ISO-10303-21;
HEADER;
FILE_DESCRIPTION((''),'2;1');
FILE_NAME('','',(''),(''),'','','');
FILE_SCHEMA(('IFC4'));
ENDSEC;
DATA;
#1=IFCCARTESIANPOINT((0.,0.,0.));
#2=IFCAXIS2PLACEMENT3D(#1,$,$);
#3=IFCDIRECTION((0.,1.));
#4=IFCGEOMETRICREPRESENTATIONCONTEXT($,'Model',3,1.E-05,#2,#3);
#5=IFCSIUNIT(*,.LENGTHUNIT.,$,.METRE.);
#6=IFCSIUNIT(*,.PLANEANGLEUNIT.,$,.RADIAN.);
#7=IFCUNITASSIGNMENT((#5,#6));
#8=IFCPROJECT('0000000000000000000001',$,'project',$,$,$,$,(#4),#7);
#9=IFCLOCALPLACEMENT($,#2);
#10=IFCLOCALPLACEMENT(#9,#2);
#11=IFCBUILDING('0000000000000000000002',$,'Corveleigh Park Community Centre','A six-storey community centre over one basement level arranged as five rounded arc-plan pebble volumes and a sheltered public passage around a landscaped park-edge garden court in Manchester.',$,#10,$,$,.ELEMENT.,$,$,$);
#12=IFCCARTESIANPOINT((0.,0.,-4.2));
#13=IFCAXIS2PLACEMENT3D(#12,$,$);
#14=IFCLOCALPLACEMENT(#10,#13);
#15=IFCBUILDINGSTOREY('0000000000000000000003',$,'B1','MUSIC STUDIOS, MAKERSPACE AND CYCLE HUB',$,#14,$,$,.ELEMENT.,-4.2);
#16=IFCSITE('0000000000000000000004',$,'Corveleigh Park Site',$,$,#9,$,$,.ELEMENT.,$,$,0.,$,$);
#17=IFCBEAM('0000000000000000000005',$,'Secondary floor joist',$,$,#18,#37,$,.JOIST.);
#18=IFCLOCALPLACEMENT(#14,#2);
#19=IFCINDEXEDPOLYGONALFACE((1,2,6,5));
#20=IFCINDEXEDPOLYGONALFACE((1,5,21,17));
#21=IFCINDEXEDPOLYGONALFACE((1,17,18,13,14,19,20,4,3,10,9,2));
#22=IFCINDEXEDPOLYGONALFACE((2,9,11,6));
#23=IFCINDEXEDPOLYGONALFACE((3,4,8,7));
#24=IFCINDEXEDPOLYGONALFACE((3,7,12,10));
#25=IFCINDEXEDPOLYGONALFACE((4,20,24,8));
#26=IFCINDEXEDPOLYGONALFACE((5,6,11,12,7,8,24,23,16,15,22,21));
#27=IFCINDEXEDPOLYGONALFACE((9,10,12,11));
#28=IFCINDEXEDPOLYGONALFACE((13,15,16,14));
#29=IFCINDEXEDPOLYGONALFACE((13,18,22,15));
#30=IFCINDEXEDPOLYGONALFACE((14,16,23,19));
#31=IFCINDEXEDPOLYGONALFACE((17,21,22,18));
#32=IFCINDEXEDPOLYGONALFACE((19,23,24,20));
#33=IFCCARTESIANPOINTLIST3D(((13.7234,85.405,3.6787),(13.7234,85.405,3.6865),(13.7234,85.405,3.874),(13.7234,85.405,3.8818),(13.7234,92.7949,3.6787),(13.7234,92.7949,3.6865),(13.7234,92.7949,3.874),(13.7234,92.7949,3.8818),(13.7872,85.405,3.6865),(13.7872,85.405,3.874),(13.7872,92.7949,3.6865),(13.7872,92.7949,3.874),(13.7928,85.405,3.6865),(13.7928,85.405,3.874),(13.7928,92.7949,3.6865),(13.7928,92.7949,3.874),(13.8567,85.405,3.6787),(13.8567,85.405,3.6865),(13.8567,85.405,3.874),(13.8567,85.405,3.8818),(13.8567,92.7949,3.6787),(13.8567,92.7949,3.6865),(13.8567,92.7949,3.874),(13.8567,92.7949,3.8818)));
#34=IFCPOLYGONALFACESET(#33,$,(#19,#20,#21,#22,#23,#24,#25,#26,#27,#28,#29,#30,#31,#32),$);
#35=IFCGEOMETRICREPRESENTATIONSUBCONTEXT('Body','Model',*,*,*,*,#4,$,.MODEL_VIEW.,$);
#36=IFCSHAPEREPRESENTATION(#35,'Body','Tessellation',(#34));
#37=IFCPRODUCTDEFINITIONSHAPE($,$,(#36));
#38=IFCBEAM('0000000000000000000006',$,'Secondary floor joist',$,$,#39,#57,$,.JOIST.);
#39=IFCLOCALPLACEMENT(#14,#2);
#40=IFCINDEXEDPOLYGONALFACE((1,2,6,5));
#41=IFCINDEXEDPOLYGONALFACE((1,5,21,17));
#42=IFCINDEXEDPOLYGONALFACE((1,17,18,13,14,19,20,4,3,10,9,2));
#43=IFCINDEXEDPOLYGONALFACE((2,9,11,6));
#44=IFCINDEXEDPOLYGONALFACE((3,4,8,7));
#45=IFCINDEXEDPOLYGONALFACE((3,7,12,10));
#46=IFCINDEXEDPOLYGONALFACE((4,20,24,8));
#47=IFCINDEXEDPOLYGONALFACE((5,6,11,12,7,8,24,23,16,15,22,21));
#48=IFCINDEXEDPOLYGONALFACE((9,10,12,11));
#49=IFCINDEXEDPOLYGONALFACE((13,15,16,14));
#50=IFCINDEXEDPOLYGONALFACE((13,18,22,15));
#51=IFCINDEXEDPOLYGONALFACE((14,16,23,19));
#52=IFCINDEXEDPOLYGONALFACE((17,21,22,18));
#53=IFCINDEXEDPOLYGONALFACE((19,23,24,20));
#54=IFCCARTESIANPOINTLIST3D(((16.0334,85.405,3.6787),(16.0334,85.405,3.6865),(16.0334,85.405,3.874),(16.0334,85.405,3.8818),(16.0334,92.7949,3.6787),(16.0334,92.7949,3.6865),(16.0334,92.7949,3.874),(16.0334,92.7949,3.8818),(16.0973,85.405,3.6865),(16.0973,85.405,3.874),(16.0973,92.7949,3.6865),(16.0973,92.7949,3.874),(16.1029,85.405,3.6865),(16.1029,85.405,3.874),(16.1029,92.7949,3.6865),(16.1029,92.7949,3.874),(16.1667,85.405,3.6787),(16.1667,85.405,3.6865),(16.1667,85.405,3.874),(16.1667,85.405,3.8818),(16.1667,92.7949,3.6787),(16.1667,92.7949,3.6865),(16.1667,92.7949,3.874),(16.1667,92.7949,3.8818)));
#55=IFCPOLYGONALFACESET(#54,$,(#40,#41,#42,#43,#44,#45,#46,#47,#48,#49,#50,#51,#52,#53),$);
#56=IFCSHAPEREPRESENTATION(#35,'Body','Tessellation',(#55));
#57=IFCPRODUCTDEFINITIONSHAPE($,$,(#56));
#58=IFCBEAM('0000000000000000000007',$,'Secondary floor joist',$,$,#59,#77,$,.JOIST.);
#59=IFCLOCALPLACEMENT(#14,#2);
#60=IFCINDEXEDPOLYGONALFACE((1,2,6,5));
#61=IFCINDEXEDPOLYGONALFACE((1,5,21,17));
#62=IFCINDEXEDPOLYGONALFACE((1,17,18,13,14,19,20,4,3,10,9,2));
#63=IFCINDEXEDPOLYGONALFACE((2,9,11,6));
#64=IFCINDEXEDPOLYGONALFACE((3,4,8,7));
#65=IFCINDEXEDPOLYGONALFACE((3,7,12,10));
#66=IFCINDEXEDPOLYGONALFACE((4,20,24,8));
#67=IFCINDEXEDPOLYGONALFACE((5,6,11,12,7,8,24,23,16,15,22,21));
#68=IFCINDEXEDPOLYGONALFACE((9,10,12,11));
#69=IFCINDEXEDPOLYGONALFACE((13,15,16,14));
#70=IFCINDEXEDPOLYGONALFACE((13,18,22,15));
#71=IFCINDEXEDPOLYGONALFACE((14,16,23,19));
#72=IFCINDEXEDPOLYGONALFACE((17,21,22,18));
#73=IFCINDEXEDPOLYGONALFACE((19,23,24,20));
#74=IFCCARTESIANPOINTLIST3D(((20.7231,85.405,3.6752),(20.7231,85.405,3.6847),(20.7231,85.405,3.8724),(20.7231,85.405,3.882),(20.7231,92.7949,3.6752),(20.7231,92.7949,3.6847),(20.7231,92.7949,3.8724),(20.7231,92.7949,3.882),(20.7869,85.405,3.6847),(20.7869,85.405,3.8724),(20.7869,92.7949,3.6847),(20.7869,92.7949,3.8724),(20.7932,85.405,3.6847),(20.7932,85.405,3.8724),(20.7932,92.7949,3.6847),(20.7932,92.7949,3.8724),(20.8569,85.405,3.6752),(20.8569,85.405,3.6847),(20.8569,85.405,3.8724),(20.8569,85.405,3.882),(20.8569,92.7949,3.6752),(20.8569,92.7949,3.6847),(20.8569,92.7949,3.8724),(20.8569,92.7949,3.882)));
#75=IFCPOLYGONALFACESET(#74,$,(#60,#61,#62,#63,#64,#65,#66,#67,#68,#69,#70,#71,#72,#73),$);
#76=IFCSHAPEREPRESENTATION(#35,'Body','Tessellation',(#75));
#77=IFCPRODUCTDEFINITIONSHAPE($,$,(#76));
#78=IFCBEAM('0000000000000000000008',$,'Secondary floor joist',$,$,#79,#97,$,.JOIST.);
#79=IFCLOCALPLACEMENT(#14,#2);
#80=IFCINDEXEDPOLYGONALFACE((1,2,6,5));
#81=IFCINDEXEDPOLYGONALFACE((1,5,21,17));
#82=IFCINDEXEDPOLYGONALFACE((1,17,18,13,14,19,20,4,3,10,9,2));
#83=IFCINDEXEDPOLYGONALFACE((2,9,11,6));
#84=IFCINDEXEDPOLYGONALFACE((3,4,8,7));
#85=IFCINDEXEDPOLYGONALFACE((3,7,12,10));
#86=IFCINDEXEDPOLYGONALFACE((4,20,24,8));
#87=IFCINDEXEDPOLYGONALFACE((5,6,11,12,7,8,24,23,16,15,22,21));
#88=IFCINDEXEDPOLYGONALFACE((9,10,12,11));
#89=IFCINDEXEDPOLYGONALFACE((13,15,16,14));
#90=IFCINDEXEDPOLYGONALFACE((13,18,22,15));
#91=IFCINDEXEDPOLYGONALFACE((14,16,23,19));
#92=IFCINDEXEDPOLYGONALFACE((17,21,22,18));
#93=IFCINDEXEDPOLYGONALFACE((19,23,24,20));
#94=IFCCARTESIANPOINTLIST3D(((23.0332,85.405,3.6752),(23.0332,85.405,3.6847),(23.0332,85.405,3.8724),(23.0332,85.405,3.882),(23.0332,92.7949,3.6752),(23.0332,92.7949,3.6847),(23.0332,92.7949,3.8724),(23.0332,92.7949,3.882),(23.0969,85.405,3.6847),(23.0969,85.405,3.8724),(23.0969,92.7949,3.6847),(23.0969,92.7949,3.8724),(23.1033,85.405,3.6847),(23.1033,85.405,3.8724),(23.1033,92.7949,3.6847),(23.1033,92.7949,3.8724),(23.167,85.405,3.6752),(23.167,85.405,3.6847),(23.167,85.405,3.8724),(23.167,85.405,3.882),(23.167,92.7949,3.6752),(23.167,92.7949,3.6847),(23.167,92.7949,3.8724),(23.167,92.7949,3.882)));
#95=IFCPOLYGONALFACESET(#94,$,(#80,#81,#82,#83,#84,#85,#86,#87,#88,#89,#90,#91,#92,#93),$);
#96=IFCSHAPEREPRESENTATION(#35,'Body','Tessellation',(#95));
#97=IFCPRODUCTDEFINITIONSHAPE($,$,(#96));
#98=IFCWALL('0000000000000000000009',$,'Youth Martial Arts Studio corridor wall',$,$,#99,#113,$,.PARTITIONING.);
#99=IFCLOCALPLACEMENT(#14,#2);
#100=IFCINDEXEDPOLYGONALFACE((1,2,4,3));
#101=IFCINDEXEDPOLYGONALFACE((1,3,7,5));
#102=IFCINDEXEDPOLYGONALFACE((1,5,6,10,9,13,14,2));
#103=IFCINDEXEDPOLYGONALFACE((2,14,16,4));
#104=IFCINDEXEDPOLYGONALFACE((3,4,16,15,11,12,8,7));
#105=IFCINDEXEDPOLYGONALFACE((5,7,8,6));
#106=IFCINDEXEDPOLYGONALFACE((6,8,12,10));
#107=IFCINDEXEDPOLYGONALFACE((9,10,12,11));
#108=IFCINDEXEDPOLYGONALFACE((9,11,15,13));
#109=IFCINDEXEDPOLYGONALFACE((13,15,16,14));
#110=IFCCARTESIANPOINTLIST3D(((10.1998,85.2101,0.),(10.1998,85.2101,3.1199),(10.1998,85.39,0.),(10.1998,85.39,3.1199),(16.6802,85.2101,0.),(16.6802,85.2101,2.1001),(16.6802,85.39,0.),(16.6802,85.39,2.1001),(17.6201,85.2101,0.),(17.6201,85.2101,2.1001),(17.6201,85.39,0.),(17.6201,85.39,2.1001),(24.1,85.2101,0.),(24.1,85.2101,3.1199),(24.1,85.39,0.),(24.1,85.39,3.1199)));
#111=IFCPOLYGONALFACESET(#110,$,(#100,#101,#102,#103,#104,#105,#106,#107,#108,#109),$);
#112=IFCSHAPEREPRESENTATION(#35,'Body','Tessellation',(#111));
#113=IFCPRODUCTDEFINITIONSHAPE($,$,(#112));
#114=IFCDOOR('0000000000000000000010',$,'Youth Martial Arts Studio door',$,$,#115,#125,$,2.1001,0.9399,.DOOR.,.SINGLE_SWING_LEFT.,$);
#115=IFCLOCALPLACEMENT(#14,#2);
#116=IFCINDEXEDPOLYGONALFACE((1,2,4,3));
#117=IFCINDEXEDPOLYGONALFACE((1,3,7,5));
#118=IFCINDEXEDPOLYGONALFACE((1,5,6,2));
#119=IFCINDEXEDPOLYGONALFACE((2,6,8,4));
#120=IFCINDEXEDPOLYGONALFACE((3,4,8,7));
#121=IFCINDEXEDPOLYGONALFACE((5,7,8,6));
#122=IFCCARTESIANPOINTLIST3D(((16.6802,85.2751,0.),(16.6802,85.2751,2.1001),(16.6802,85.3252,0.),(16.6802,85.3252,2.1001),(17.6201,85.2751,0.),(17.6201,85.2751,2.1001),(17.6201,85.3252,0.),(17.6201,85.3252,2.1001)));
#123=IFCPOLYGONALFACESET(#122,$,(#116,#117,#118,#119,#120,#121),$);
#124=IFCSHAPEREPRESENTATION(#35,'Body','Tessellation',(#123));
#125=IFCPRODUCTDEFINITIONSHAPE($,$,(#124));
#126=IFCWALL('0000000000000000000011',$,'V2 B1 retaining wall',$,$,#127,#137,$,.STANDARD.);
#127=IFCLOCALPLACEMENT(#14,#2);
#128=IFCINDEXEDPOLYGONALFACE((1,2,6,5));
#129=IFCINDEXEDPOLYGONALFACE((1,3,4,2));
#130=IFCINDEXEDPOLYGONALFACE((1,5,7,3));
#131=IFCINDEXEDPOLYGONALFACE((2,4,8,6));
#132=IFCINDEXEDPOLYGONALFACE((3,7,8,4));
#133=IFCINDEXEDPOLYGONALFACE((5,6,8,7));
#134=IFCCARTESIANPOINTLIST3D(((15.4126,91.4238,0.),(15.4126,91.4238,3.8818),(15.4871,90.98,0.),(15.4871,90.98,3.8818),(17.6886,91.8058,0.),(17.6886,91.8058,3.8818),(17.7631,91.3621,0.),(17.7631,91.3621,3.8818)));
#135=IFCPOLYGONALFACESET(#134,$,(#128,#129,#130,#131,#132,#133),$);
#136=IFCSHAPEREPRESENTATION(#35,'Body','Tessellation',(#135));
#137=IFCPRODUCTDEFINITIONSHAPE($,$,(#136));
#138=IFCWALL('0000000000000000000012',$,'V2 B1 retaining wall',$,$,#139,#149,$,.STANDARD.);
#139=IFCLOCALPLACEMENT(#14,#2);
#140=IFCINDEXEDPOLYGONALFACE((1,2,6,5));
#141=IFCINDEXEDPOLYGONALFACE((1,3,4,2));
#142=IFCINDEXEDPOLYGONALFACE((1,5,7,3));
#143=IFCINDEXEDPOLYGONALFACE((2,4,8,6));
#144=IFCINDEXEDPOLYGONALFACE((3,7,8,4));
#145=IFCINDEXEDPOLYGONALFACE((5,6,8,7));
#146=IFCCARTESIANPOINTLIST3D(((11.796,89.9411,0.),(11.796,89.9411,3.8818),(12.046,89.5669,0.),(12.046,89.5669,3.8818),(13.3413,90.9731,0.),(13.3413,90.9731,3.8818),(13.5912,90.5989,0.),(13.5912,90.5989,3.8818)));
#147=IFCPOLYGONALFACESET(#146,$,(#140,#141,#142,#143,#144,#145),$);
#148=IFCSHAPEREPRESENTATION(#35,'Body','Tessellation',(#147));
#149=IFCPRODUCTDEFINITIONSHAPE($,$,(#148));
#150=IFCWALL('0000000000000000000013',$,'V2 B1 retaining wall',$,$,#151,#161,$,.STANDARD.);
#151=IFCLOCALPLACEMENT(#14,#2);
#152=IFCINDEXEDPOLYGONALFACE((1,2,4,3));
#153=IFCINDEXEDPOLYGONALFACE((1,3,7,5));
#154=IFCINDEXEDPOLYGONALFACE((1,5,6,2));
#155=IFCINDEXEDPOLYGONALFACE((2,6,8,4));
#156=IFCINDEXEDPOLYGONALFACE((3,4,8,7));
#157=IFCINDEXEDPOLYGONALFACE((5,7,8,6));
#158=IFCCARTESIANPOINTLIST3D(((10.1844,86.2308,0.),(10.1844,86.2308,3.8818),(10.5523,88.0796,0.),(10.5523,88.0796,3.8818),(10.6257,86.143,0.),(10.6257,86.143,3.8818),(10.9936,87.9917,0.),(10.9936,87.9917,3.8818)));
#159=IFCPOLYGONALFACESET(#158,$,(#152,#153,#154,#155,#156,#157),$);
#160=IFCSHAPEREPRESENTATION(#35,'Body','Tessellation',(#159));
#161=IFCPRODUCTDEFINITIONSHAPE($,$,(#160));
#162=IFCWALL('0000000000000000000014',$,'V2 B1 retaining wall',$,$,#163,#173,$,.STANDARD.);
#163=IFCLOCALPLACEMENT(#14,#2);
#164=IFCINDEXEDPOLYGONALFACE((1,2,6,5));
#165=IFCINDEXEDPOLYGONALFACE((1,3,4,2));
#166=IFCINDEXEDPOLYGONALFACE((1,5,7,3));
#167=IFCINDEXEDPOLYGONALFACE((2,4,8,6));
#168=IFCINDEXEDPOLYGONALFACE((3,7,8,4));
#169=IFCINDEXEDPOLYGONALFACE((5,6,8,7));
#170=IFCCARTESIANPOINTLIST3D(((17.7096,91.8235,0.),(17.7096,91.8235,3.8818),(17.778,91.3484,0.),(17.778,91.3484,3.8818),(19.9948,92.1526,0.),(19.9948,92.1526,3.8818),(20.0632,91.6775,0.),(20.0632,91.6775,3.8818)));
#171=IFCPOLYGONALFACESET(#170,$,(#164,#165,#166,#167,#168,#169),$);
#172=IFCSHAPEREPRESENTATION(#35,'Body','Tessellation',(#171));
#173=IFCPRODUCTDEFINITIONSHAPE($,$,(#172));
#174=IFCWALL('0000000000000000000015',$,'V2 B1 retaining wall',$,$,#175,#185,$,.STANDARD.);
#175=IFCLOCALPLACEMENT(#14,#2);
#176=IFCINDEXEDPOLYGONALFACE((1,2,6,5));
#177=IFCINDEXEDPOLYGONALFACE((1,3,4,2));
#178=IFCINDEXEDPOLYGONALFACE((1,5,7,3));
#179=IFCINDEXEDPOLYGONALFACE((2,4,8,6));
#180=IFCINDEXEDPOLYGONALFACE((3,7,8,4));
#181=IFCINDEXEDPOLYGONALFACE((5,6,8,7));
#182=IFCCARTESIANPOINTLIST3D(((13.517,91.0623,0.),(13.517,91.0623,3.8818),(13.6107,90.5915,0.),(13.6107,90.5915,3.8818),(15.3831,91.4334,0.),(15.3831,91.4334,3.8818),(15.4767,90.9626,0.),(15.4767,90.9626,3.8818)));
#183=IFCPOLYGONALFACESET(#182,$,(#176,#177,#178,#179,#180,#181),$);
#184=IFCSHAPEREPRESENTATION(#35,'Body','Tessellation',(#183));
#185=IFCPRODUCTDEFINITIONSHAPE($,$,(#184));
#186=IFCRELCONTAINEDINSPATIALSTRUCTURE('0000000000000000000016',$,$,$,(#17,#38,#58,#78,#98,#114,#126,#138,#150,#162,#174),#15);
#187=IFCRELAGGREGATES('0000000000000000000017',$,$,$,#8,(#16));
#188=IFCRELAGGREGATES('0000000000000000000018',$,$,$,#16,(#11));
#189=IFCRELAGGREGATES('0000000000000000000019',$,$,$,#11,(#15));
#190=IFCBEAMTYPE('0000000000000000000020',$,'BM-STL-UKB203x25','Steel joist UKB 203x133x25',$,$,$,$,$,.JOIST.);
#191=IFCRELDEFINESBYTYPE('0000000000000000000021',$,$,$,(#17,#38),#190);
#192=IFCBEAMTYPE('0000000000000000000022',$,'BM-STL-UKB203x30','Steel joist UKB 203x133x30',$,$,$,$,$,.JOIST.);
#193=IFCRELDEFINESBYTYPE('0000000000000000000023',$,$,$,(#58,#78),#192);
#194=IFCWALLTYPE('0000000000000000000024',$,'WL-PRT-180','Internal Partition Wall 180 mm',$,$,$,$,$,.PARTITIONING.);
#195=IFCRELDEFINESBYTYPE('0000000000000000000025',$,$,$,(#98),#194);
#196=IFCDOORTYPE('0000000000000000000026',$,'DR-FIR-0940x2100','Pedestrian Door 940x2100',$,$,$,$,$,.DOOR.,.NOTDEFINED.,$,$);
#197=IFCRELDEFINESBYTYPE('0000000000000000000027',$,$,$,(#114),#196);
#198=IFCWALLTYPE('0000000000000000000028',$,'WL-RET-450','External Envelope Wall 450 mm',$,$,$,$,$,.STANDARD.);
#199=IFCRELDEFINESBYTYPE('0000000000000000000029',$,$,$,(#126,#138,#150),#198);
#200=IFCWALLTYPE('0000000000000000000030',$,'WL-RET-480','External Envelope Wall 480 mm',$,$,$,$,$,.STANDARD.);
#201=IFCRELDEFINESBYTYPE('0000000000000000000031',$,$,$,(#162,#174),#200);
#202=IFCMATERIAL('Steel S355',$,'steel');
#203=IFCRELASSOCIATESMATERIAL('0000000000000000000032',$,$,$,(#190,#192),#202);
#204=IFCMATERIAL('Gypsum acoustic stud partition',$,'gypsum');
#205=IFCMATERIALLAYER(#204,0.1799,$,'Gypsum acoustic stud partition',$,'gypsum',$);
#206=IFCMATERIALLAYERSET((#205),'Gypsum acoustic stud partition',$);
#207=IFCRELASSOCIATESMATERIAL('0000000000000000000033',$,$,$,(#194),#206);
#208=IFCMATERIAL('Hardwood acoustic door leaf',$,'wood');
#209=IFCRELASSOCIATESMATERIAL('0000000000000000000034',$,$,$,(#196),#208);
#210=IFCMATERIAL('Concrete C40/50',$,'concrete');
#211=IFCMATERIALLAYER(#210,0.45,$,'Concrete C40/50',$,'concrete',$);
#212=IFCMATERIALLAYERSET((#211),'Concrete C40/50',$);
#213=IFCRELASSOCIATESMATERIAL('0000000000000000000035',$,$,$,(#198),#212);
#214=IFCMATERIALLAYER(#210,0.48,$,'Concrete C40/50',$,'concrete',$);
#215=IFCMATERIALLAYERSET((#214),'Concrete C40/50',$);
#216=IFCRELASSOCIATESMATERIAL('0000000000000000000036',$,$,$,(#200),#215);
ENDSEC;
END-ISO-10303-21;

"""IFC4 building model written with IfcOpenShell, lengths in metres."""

from ifc_helpers import new_model, si_unit, direction, frame, frame_2d, origin, origin_2d, place, context, subcontext, project, spatial, rectangle, i_section, extrude, material, layer, layer_set, material_profile, profile_set, type_object, element, fill, save


model = new_model("IFC4")

# Units and contexts
model_context = context("Model", 3, precision=1e-05, world=origin(), true_north=direction((0.0, 1.0)))
body_context = subcontext(model_context, "Body", "Model", "MODEL_VIEW")
ifc_project = project(units=[si_unit("LENGTHUNIT", "METRE"), si_unit("PLANEANGLEUNIT", "RADIAN")], contexts=[model_context])

# Site, building, storey
site_placement = place(None, origin())
site = spatial("IfcSite", under=ifc_project, at=site_placement, Name="Corveleigh Park Site", CompositionType="ELEMENT", RefElevation=0.0)
building_placement = place(site_placement, origin())
building = spatial("IfcBuilding", under=site, at=building_placement, Name="Corveleigh Park Community Centre", Description="A six-storey community centre over one basement level arranged as five rounded arc-plan pebble volumes and a sheltered public passage around a landscaped park-edge garden court in Manchester.", CompositionType="ELEMENT")
storey_placement = place(building_placement, frame((0.0, 0.0, -4.2)))
storey = spatial("IfcBuildingStorey", under=building, at=storey_placement, Name="B1", Description="MUSIC STUDIOS, MAKERSPACE AND CYCLE HUB", CompositionType="ELEMENT", Elevation=-4.2)

# Shared definitions
ifc_material_1 = material(Name="Concrete C40/50", Category="concrete")

# Shared definitions
ifc_material_2 = material(Name="Steel S355", Category="steel")

# Beams
ifc_material_profile_1 = material_profile(ifc_material_2, i_section(OverallWidth=0.1333, OverallDepth=0.2031, WebThickness=0.0056, FlangeThickness=0.0078, at=origin_2d()), Name="UKB 203x133x25", Category="steel")
ifc_profile_set_1 = profile_set([ifc_material_profile_1], Name="Steel S355")
beam_type_1 = type_object("IfcBeamType", Name="BM-STL-UKB203x25", Description="Steel joist UKB 203x133x25", PredefinedType="JOIST", material=ifc_profile_set_1)
for number, where, z_axis, x_axis, name in (
    (1, (13.79, 85.405, 3.7803), (0.0, 1.0, 0.0), (-1.0, 0.0, 0.0), "Secondary floor joist"),
    (2, (16.1001, 85.405, 3.7803), (0.0, 1.0, 0.0), (-1.0, 0.0, 0.0), "Secondary floor joist"),
):
    element("IfcBeam", number, at=place(storey_placement, frame(where, z_axis=z_axis, x_axis=x_axis)), inside=storey, type_object=beam_type_1, Name=name, PredefinedType="JOIST", context=body_context, shape_type="SweptSolid", body=[
        extrude(i_section(OverallWidth=0.1333, OverallDepth=0.2031, WebThickness=0.0056, FlangeThickness=0.0078, at=origin_2d()), origin(), (0.0, 0.0, 1.0), 7.3899),
    ])
ifc_material_profile_2 = material_profile(ifc_material_2, i_section(OverallWidth=0.1338, OverallDepth=0.2068, WebThickness=0.0063, FlangeThickness=0.0095, at=origin_2d()), Name="UKB 203x133x30", Category="steel")
ifc_profile_set_2 = profile_set([ifc_material_profile_2], Name="Steel S355")
beam_type_2 = type_object("IfcBeamType", Name="BM-STL-UKB203x30", Description="Steel joist UKB 203x133x30", PredefinedType="JOIST", material=ifc_profile_set_2)
for number, where, z_axis, x_axis, name in (
    (3, (20.79, 85.405, 3.7786), (0.0, 1.0, 0.0), (-1.0, 0.0, 0.0), "Secondary floor joist"),
    (4, (23.1001, 85.405, 3.7786), (0.0, 1.0, 0.0), (-1.0, 0.0, 0.0), "Secondary floor joist"),
):
    element("IfcBeam", number, at=place(storey_placement, frame(where, z_axis=z_axis, x_axis=x_axis)), inside=storey, type_object=beam_type_2, Name=name, PredefinedType="JOIST", context=body_context, shape_type="SweptSolid", body=[
        extrude(i_section(OverallWidth=0.1338, OverallDepth=0.2068, WebThickness=0.0063, FlangeThickness=0.0095, at=origin_2d()), origin(), (0.0, 0.0, 1.0), 7.3899),
    ])

# Wall, opening, door
ifc_material_3 = material(Name="Gypsum acoustic stud partition", Category="gypsum")
ifc_layer_1 = layer(ifc_material_3, 0.1799, Name="Gypsum acoustic stud partition", Category="gypsum")
ifc_layer_set_1 = layer_set([ifc_layer_1], Name="Gypsum acoustic stud partition")
wall_type_1 = type_object("IfcWallType", Name="WL-PRT-180", Description="Internal Partition Wall 180 mm", PredefinedType="PARTITIONING", material=ifc_layer_set_1)
wall_1_placement = place(storey_placement, frame((24.1001, 85.3, 0.0), z_axis=(0.0, 0.0, 1.0), x_axis=(-1.0, 0.0, 0.0)))
wall_1 = element("IfcWall", 5, at=wall_1_placement, inside=storey, type_object=wall_type_1, Name="Youth Martial Arts Studio corridor wall", PredefinedType="PARTITIONING", context=body_context, shape_type="SweptSolid", body=[
    extrude(rectangle(XDim=13.9001, YDim=0.1799, at=frame_2d((6.9502, 0.0))), origin(), (0.0, 0.0, 1.0), 3.1199),
])
opening_placement = place(wall_1_placement, frame((6.48, 0.0, 0.0)))
opening = element("IfcOpeningElement", 6, at=opening_placement, cuts=wall_1, PredefinedType="OPENING", context=body_context, shape_type="SweptSolid", body=[
    extrude(rectangle(XDim=0.9399, YDim=2.1001, at=frame_2d((0.47, 1.05))), frame((0.0, 0.0999, 0.0), z_axis=(0.0, -1.0, 0.0), x_axis=(1.0, 0.0, 0.0)), (0.0, 0.0, 1.0), 0.2),
])
ifc_material_4 = material(Name="Hardwood acoustic door leaf", Category="wood")
door_type = type_object("IfcDoorType", Name="DR-FIR-0940x2100", Description="Pedestrian Door 940x2100", OperationType="NOTDEFINED", PredefinedType="DOOR", material=ifc_material_4)
door_placement = place(opening_placement, origin())
door = element("IfcDoor", 7, at=door_placement, inside=storey, type_object=door_type, Name="Youth Martial Arts Studio door", OperationType="SINGLE_SWING_LEFT", OverallHeight=2.1001, OverallWidth=0.9399, PredefinedType="DOOR", context=body_context, shape_type="SweptSolid", body=[
    extrude(rectangle(XDim=0.9399, YDim=2.1001, at=frame_2d((0.47, 1.05))), frame((0.0, 0.0249, 0.0), z_axis=(0.0, -1.0, 0.0), x_axis=(1.0, 0.0, 0.0)), (0.0, 0.0, 1.0), 0.05),
])
fill(opening, door)

# Walls
ifc_layer_2 = layer(ifc_material_1, 0.45, Name="Concrete C40/50", Category="concrete")
ifc_layer_set_2 = layer_set([ifc_layer_2], Name="Concrete C40/50")
wall_type_2 = type_object("IfcWallType", Name="WL-RET-450", Description="External Envelope Wall 450 mm", PredefinedType="STANDARD", material=ifc_layer_set_2)
wall_2_placement = place(storey_placement, frame((15.45, 91.2019, 0.0), z_axis=(0.0, 0.0, 1.0), x_axis=(0.986202, 0.165548, 0.0)))
element("IfcWall", 8, at=wall_2_placement, inside=storey, type_object=wall_type_2, Name="V2 B1 retaining wall", PredefinedType="STANDARD", context=body_context, shape_type="SweptSolid", body=[
    extrude(rectangle(XDim=2.3079, YDim=0.45, at=frame_2d((1.1538, 0.0))), origin(), (0.0, 0.0, 1.0), 3.8818),
])
wall_3_placement = place(storey_placement, frame((11.9209, 89.7539, 0.0), z_axis=(0.0, 0.0, 1.0), x_axis=(0.831585, 0.555397, 0.0)))
element("IfcWall", 9, at=wall_3_placement, inside=storey, type_object=wall_type_2, Name="V2 B1 retaining wall", PredefinedType="STANDARD", context=body_context, shape_type="SweptSolid", body=[
    extrude(rectangle(XDim=1.8582, YDim=0.45, at=frame_2d((0.9292, 0.0))), origin(), (0.0, 0.0, 1.0), 3.8818),
])
wall_4_placement = place(storey_placement, frame((10.405, 86.187, 0.0), z_axis=(0.0, 0.0, 1.0), x_axis=(0.19517, 0.98077, 0.0)))
element("IfcWall", 10, at=wall_4_placement, inside=storey, type_object=wall_type_2, Name="V2 B1 retaining wall", PredefinedType="STANDARD", context=body_context, shape_type="SweptSolid", body=[
    extrude(rectangle(XDim=1.885, YDim=0.45, at=frame_2d((0.9424, 0.0))), origin(), (0.0, 0.0, 1.0), 3.8818),
])
ifc_layer_3 = layer(ifc_material_1, 0.48, Name="Concrete C40/50", Category="concrete")
ifc_layer_set_3 = layer_set([ifc_layer_3], Name="Concrete C40/50")
wall_type_3 = type_object("IfcWallType", Name="WL-RET-480", Description="External Envelope Wall 480 mm", PredefinedType="STANDARD", material=ifc_layer_set_3)
wall_5_placement = place(storey_placement, frame((17.7439, 91.5859, 0.0), z_axis=(0.0, 0.0, 1.0), x_axis=(0.989788, 0.142546, 0.0)))
element("IfcWall", 11, at=wall_5_placement, inside=storey, type_object=wall_type_3, Name="V2 B1 retaining wall", PredefinedType="STANDARD", context=body_context, shape_type="SweptSolid", body=[
    extrude(rectangle(XDim=2.3088, YDim=0.48, at=frame_2d((1.1543, 0.0))), origin(), (0.0, 0.0, 1.0), 3.8818),
])
wall_6_placement = place(storey_placement, frame((13.564, 90.8269, 0.0), z_axis=(0.0, 0.0, 1.0), x_axis=(0.980792, 0.195055, 0.0)))
element("IfcWall", 12, at=wall_6_placement, inside=storey, type_object=wall_type_3, Name="V2 B1 retaining wall", PredefinedType="STANDARD", context=body_context, shape_type="SweptSolid", body=[
    extrude(rectangle(XDim=1.9026, YDim=0.48, at=frame_2d((0.9512, 0.0))), origin(), (0.0, 0.0, 1.0), 3.8818),
])

save(model, "model.ifc")
